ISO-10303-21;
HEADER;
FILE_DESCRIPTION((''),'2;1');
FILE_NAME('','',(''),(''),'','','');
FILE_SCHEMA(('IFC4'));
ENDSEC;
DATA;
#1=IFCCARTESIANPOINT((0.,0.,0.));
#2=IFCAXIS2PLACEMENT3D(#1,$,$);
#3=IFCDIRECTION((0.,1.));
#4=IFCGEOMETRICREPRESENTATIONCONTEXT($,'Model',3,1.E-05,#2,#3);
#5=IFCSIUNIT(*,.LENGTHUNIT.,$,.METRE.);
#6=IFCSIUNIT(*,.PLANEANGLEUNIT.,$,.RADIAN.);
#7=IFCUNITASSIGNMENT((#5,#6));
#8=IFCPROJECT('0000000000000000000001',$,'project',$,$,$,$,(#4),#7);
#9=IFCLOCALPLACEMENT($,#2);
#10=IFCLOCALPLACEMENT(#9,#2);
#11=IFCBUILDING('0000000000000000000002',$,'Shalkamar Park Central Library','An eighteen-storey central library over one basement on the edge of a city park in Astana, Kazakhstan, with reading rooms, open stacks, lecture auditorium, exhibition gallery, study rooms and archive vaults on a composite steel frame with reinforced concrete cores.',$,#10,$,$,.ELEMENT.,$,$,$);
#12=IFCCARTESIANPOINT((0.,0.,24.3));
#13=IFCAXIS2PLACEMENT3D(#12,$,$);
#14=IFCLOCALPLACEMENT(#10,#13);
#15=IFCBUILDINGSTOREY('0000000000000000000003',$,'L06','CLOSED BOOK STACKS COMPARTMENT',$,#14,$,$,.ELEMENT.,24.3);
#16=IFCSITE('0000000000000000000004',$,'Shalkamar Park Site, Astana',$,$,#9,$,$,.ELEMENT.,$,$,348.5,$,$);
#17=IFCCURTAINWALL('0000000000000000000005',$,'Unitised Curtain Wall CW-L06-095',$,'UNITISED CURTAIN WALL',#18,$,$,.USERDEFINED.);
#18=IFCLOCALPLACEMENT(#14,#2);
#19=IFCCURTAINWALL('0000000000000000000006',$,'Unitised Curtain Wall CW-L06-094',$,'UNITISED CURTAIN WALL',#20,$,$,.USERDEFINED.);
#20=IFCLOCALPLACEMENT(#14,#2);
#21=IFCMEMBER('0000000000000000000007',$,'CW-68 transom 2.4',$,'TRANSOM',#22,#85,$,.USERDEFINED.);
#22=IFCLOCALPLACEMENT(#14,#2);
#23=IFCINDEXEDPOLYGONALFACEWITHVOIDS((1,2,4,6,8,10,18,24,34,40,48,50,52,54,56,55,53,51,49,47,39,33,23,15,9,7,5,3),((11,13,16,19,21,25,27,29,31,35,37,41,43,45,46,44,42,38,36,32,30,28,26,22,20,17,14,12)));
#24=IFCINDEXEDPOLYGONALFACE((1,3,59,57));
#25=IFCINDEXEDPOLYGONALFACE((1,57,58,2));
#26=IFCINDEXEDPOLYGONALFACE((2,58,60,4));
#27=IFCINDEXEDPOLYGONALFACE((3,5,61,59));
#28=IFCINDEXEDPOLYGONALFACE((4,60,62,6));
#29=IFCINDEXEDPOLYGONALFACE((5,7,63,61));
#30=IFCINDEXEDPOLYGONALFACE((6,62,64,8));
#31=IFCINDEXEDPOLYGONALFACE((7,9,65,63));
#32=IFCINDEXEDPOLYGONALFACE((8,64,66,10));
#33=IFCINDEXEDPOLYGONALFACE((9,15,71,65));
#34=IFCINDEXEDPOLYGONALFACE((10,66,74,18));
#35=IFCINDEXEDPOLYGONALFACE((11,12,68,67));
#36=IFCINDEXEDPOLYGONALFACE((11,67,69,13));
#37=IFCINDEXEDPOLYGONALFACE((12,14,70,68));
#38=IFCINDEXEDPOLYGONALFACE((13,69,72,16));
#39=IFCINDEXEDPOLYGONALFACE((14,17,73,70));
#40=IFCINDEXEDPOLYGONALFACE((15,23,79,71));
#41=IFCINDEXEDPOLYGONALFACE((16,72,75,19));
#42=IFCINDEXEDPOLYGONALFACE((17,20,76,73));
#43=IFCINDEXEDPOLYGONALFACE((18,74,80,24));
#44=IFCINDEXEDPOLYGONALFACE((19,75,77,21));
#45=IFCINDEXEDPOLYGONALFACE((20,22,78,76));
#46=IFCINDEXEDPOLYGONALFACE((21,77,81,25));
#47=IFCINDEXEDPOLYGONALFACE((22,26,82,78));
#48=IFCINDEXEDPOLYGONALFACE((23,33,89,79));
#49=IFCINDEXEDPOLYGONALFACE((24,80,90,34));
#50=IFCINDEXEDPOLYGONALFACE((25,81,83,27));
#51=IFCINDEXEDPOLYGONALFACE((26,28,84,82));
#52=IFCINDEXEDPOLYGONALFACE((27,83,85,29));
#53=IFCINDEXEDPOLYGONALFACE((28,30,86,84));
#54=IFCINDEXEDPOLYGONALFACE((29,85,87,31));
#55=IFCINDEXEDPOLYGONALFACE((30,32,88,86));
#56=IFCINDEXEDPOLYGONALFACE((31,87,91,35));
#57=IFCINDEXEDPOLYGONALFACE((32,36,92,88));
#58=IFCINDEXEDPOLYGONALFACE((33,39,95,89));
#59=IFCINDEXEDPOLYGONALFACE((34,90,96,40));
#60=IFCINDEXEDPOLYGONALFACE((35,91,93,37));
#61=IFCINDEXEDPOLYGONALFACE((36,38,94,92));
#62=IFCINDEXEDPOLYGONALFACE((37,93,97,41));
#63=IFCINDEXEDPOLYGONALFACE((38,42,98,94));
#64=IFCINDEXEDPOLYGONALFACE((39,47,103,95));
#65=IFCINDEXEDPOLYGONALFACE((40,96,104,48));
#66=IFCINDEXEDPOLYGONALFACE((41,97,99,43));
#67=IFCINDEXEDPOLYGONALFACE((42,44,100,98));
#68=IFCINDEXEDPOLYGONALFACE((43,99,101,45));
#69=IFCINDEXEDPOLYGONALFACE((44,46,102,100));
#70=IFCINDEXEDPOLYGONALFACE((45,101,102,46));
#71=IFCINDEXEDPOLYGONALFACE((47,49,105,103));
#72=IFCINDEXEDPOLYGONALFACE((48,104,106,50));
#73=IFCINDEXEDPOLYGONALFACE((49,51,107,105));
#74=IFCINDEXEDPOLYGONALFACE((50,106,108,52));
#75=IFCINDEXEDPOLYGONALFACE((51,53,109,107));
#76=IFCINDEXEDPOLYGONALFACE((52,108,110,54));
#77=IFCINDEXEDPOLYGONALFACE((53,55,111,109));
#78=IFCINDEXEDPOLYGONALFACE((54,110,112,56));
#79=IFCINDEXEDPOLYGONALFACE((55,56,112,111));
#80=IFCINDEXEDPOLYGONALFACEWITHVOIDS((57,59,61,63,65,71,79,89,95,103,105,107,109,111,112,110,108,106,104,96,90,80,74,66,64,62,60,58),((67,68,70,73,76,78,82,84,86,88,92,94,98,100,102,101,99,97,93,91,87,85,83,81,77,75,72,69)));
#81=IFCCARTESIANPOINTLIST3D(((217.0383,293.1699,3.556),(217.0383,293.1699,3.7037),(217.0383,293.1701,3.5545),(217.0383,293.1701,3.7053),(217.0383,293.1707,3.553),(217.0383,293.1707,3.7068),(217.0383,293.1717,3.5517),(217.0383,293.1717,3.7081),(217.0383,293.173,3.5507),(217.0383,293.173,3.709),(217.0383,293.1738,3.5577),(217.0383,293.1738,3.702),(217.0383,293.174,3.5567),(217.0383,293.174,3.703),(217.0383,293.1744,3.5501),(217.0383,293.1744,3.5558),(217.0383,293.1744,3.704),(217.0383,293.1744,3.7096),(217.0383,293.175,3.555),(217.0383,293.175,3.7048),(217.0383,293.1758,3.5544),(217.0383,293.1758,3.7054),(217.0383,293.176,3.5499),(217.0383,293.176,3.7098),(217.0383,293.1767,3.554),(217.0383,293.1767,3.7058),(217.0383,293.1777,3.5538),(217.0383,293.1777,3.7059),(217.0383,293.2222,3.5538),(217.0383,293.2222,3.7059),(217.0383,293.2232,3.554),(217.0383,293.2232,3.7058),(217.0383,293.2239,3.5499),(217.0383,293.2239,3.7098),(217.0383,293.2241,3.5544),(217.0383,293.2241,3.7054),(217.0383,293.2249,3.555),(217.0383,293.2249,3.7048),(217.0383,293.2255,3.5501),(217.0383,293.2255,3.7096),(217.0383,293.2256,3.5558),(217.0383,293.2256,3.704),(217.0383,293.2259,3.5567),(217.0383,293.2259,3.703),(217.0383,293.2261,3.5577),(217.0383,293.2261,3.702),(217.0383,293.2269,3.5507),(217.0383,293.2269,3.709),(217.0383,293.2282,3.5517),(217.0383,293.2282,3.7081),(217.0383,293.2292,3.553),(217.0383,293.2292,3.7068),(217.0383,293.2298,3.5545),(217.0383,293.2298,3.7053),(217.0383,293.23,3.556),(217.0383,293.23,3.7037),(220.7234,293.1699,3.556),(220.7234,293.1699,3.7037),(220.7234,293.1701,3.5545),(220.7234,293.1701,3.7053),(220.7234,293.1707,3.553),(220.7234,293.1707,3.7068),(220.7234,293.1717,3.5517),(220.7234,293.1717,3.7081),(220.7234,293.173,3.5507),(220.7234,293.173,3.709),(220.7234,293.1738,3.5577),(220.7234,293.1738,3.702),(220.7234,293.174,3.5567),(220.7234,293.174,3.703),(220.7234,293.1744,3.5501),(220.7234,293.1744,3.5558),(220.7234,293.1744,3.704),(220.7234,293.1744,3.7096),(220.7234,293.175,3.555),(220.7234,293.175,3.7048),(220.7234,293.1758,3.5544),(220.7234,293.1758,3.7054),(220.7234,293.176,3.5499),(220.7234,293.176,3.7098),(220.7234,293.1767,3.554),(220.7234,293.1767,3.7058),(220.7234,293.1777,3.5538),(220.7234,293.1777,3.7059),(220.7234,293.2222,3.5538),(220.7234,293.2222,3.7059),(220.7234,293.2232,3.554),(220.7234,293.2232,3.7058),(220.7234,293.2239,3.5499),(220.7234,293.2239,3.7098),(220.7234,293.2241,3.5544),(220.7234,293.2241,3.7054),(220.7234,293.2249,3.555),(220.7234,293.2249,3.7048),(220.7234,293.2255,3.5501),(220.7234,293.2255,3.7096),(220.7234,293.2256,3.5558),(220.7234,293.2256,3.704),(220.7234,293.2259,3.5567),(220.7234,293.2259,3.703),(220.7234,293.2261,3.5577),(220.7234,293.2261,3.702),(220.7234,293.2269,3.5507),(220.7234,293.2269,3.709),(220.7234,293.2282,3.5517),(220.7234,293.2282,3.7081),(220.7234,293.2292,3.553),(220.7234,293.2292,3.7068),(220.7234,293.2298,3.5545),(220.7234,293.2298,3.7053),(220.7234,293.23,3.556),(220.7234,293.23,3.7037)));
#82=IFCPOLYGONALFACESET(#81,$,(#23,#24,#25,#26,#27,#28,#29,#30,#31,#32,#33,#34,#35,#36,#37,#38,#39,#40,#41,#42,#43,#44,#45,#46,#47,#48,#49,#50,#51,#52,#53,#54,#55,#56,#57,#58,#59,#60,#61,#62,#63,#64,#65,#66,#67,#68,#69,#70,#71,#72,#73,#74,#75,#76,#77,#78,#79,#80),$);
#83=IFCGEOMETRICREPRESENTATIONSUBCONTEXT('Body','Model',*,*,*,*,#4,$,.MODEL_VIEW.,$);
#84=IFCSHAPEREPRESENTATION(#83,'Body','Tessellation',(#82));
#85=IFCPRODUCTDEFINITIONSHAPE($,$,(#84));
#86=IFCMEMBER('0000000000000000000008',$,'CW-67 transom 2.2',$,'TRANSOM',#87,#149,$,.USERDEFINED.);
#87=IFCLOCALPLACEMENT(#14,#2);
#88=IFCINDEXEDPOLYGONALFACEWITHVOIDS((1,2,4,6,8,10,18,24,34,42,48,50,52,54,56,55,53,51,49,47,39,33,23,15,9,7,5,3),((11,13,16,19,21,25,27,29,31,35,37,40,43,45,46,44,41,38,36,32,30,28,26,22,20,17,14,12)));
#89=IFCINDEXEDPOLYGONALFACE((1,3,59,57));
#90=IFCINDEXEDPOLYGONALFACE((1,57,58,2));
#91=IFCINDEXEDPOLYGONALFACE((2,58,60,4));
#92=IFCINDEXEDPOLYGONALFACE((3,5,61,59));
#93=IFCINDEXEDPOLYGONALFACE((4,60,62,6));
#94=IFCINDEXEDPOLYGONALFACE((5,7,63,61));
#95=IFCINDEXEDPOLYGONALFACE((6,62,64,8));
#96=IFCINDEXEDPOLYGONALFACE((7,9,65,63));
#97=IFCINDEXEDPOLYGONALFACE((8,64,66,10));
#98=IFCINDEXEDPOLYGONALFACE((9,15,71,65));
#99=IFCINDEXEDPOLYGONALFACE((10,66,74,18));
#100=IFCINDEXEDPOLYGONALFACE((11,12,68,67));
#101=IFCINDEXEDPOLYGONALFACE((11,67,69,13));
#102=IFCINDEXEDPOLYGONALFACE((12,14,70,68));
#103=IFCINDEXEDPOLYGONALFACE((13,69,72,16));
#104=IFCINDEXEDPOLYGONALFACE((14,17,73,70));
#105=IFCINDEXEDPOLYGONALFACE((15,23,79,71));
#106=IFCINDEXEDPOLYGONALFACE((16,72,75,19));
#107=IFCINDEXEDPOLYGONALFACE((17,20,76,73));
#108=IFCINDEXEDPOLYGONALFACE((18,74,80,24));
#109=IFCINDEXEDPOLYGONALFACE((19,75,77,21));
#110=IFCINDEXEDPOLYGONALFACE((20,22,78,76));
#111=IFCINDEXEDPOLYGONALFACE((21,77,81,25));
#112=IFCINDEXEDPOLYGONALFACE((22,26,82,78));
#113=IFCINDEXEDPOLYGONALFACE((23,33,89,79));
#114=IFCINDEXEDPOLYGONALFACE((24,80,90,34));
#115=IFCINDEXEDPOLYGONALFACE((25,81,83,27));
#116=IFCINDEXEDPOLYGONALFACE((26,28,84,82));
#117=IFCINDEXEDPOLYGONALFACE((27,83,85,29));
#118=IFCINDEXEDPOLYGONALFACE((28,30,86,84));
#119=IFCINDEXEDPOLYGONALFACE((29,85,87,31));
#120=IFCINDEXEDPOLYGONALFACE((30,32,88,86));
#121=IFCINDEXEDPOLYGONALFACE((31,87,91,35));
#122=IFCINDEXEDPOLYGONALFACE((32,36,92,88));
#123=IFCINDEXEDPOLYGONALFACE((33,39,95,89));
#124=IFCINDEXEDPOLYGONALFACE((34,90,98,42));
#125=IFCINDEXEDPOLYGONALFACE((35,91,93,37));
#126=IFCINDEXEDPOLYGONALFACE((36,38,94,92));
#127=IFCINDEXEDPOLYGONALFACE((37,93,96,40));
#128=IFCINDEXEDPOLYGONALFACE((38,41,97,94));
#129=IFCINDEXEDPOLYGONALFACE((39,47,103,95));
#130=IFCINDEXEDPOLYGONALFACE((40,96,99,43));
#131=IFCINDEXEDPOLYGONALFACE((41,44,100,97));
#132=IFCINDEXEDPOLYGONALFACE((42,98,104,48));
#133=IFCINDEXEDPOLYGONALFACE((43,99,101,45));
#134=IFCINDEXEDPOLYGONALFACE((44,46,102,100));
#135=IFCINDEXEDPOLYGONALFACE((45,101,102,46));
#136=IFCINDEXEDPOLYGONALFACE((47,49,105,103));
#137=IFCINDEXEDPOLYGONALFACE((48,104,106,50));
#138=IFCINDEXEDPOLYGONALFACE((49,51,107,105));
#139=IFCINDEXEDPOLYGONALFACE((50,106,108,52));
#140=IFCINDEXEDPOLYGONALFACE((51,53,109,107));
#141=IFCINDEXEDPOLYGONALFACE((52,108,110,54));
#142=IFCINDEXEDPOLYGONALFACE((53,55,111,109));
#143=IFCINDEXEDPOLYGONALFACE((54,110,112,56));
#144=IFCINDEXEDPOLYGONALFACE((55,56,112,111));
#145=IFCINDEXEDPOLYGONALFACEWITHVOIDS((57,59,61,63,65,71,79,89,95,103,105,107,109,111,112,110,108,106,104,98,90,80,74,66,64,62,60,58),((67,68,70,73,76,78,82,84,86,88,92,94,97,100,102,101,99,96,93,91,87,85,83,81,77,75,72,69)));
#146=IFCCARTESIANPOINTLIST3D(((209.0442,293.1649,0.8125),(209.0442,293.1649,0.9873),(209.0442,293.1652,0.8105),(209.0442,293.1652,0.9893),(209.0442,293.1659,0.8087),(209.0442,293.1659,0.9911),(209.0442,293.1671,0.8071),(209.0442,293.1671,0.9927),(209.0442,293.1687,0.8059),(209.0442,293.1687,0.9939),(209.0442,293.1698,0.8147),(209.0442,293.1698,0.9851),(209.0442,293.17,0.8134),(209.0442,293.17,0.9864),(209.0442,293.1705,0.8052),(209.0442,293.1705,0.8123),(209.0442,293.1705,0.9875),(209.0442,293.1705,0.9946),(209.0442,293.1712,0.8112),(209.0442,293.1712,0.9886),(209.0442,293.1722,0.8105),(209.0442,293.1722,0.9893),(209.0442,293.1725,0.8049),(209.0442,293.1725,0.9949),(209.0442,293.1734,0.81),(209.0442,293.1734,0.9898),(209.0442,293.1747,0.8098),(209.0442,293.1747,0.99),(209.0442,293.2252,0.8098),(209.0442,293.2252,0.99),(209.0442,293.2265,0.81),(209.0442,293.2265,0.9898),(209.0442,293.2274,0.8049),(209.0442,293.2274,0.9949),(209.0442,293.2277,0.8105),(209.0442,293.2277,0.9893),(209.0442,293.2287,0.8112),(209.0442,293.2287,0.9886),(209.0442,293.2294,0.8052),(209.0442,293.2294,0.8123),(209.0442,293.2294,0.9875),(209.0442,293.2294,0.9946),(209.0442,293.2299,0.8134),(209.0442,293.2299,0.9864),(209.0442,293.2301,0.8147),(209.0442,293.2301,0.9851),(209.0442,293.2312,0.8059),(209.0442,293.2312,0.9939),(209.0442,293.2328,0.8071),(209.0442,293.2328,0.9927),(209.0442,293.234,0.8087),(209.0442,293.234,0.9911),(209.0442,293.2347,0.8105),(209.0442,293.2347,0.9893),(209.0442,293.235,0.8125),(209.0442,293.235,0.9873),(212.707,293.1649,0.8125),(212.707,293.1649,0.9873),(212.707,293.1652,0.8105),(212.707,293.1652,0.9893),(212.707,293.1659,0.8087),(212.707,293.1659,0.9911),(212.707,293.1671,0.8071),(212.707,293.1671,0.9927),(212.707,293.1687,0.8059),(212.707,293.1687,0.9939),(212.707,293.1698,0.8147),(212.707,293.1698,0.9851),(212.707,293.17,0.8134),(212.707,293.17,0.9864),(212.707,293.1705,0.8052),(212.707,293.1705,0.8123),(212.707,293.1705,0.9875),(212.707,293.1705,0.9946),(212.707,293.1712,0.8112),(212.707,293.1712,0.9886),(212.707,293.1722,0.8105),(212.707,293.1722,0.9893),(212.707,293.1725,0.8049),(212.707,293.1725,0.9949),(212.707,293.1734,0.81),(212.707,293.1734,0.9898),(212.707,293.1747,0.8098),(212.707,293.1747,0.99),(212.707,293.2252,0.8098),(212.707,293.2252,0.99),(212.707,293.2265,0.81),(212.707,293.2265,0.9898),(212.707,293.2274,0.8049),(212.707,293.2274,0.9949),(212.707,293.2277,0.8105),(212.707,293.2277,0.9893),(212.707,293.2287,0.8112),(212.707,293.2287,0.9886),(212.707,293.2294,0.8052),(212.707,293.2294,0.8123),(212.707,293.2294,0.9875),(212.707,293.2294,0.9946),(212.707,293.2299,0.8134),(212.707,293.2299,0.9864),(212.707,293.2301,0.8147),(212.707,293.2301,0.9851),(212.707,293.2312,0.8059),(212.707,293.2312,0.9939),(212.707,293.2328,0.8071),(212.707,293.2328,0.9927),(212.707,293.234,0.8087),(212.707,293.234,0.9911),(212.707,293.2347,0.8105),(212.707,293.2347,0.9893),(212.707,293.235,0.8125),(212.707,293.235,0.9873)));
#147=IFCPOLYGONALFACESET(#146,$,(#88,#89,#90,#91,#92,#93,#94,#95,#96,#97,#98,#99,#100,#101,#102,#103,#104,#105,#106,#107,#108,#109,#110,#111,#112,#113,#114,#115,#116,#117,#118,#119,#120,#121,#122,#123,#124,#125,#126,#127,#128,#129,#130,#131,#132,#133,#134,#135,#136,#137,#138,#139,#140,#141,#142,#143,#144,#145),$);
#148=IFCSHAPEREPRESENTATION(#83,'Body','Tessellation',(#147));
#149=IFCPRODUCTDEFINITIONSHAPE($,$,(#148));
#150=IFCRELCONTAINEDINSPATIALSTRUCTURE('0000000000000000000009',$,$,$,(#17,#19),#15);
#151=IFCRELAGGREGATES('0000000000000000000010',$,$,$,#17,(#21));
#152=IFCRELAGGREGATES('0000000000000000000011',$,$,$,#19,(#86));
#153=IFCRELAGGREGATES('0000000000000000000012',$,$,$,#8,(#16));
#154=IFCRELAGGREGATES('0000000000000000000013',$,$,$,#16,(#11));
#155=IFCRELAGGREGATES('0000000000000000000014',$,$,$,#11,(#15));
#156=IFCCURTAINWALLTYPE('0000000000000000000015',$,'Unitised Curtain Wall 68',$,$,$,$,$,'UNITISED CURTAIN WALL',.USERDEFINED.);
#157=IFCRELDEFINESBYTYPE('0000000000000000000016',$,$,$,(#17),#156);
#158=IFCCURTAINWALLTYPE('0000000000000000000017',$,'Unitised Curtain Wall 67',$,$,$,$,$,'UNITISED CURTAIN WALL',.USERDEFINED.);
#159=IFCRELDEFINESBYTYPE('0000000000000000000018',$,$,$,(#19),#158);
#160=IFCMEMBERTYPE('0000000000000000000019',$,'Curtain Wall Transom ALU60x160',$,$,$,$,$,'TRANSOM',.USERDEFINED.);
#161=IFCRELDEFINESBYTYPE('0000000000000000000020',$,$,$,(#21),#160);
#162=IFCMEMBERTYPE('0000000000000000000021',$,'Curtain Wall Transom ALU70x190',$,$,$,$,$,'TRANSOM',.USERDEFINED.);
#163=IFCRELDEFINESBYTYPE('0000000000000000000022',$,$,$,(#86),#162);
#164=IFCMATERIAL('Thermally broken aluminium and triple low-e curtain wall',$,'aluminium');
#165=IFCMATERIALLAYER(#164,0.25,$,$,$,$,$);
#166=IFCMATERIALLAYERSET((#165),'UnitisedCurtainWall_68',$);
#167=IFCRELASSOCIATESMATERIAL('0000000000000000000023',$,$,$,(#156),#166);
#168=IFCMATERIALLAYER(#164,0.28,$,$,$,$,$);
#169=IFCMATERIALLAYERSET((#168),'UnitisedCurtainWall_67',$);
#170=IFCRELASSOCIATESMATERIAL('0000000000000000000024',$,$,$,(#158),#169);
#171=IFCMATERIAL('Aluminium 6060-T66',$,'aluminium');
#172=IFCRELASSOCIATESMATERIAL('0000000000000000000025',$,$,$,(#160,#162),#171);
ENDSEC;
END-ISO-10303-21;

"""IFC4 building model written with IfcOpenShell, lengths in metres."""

from ifc_helpers import new_model, si_unit, direction, frame, origin, origin_2d, place, context, subcontext, project, spatial, hollow_rectangle, extrude, material, layer, layer_set, material_profile, profile_set, type_object, element, aggregate, save


model = new_model("IFC4")

# Units and contexts
model_context = context("Model", 3, precision=1e-05, world=origin(), true_north=direction((0.0, 1.0)))
body_context = subcontext(model_context, "Body", "Model", "MODEL_VIEW")
ifc_project = project(units=[si_unit("LENGTHUNIT", "METRE"), si_unit("PLANEANGLEUNIT", "RADIAN")], contexts=[model_context])

# Site, building, storey
site_placement = place(None, origin())
site = spatial("IfcSite", under=ifc_project, at=site_placement, Name="Shalkamar Park Site, Astana", CompositionType="ELEMENT", RefElevation=348.5)
building_placement = place(site_placement, origin())
building = spatial("IfcBuilding", under=site, at=building_placement, Name="Shalkamar Park Central Library", Description="An eighteen-storey central library over one basement on the edge of a city park in Astana, Kazakhstan, with reading rooms, open stacks, lecture auditorium, exhibition gallery, study rooms and archive vaults on a composite steel frame with reinforced concrete cores.", CompositionType="ELEMENT")
storey_placement = place(building_placement, frame((0.0, 0.0, 24.3)))
storey = spatial("IfcBuildingStorey", under=building, at=storey_placement, Name="L06", Description="CLOSED BOOK STACKS COMPARTMENT", CompositionType="ELEMENT", Elevation=24.3)

# Curtain wall
ifc_material_1 = material(Name="Thermally broken aluminium and triple low-e curtain wall", Category="aluminium")
ifc_layer_1 = layer(ifc_material_1, 0.25)
ifc_layer_set_1 = layer_set([ifc_layer_1], Name="UnitisedCurtainWall_68")
curtain_wall_type_1 = type_object("IfcCurtainWallType", Name="Unitised Curtain Wall 68", ElementType="UNITISED CURTAIN WALL", PredefinedType="USERDEFINED", material=ifc_layer_set_1)
curtain_wall_1_placement = place(storey_placement, origin())
curtain_wall_1 = element("IfcCurtainWall", 1, at=curtain_wall_1_placement, inside=storey, type_object=curtain_wall_type_1, Name="Unitised Curtain Wall CW-L06-095", ObjectType="UNITISED CURTAIN WALL", PredefinedType="USERDEFINED")
ifc_material_2 = material(Name="Aluminium 6060-T66", Category="aluminium")

# Curtain wall
ifc_layer_2 = layer(ifc_material_1, 0.28)
ifc_layer_set_2 = layer_set([ifc_layer_2], Name="UnitisedCurtainWall_67")
curtain_wall_type_2 = type_object("IfcCurtainWallType", Name="Unitised Curtain Wall 67", ElementType="UNITISED CURTAIN WALL", PredefinedType="USERDEFINED", material=ifc_layer_set_2)
curtain_wall_2_placement = place(storey_placement, origin())
curtain_wall_2 = element("IfcCurtainWall", 2, at=curtain_wall_2_placement, inside=storey, type_object=curtain_wall_type_2, Name="Unitised Curtain Wall CW-L06-094", ObjectType="UNITISED CURTAIN WALL", PredefinedType="USERDEFINED")

# Members
ifc_material_profile_1 = material_profile(ifc_material_2, hollow_rectangle(XDim=0.0601, YDim=0.1599, WallThickness=0.0039, InnerFilletRadius=0.0039, OuterFilletRadius=0.0061, at=origin_2d()), Name="ALU 60x160x4")
ifc_profile_set_1 = profile_set([ifc_material_profile_1], Name="Aluminium 6060-T66")
member_type_1 = type_object("IfcMemberType", Name="Curtain Wall Transom ALU60x160", ElementType="TRANSOM", PredefinedType="USERDEFINED", material=ifc_profile_set_1)
member_1_placement = place(storey_placement, frame((217.0383, 293.2, 3.6299), z_axis=(1.0, 0.0, 0.0), x_axis=(0.0, 1.0, 0.0)))
member_1 = element("IfcMember", 3, at=member_1_placement, type_object=member_type_1, Name="CW-68 transom 2.4", ObjectType="TRANSOM", PredefinedType="USERDEFINED", context=body_context, shape_type="SweptSolid", body=[
    extrude(hollow_rectangle(XDim=0.0601, YDim=0.1599, WallThickness=0.0039, InnerFilletRadius=0.0039, OuterFilletRadius=0.0061, at=origin_2d()), origin(), (0.0, 0.0, 1.0), 3.6851),
])
ifc_material_profile_2 = material_profile(ifc_material_2, hollow_rectangle(XDim=0.0701, YDim=0.1899, WallThickness=0.0049, InnerFilletRadius=0.0049, OuterFilletRadius=0.0076, at=origin_2d()), Name="ALU 70x190x5")
ifc_profile_set_2 = profile_set([ifc_material_profile_2], Name="Aluminium 6060-T66")
member_type_2 = type_object("IfcMemberType", Name="Curtain Wall Transom ALU70x190", ElementType="TRANSOM", PredefinedType="USERDEFINED", material=ifc_profile_set_2)
member_2_placement = place(storey_placement, frame((209.0442, 293.2, 0.8999), z_axis=(1.0, 0.0, 0.0), x_axis=(0.0, 1.0, 0.0)))
member_2 = element("IfcMember", 4, at=member_2_placement, type_object=member_type_2, Name="CW-67 transom 2.2", ObjectType="TRANSOM", PredefinedType="USERDEFINED", context=body_context, shape_type="SweptSolid", body=[
    extrude(hollow_rectangle(XDim=0.0701, YDim=0.1899, WallThickness=0.0049, InnerFilletRadius=0.0049, OuterFilletRadius=0.0076, at=origin_2d()), origin(), (0.0, 0.0, 1.0), 3.6628),
])

aggregate(curtain_wall_1, [member_1])
aggregate(curtain_wall_2, [member_2])

save(model, "model.ifc")
